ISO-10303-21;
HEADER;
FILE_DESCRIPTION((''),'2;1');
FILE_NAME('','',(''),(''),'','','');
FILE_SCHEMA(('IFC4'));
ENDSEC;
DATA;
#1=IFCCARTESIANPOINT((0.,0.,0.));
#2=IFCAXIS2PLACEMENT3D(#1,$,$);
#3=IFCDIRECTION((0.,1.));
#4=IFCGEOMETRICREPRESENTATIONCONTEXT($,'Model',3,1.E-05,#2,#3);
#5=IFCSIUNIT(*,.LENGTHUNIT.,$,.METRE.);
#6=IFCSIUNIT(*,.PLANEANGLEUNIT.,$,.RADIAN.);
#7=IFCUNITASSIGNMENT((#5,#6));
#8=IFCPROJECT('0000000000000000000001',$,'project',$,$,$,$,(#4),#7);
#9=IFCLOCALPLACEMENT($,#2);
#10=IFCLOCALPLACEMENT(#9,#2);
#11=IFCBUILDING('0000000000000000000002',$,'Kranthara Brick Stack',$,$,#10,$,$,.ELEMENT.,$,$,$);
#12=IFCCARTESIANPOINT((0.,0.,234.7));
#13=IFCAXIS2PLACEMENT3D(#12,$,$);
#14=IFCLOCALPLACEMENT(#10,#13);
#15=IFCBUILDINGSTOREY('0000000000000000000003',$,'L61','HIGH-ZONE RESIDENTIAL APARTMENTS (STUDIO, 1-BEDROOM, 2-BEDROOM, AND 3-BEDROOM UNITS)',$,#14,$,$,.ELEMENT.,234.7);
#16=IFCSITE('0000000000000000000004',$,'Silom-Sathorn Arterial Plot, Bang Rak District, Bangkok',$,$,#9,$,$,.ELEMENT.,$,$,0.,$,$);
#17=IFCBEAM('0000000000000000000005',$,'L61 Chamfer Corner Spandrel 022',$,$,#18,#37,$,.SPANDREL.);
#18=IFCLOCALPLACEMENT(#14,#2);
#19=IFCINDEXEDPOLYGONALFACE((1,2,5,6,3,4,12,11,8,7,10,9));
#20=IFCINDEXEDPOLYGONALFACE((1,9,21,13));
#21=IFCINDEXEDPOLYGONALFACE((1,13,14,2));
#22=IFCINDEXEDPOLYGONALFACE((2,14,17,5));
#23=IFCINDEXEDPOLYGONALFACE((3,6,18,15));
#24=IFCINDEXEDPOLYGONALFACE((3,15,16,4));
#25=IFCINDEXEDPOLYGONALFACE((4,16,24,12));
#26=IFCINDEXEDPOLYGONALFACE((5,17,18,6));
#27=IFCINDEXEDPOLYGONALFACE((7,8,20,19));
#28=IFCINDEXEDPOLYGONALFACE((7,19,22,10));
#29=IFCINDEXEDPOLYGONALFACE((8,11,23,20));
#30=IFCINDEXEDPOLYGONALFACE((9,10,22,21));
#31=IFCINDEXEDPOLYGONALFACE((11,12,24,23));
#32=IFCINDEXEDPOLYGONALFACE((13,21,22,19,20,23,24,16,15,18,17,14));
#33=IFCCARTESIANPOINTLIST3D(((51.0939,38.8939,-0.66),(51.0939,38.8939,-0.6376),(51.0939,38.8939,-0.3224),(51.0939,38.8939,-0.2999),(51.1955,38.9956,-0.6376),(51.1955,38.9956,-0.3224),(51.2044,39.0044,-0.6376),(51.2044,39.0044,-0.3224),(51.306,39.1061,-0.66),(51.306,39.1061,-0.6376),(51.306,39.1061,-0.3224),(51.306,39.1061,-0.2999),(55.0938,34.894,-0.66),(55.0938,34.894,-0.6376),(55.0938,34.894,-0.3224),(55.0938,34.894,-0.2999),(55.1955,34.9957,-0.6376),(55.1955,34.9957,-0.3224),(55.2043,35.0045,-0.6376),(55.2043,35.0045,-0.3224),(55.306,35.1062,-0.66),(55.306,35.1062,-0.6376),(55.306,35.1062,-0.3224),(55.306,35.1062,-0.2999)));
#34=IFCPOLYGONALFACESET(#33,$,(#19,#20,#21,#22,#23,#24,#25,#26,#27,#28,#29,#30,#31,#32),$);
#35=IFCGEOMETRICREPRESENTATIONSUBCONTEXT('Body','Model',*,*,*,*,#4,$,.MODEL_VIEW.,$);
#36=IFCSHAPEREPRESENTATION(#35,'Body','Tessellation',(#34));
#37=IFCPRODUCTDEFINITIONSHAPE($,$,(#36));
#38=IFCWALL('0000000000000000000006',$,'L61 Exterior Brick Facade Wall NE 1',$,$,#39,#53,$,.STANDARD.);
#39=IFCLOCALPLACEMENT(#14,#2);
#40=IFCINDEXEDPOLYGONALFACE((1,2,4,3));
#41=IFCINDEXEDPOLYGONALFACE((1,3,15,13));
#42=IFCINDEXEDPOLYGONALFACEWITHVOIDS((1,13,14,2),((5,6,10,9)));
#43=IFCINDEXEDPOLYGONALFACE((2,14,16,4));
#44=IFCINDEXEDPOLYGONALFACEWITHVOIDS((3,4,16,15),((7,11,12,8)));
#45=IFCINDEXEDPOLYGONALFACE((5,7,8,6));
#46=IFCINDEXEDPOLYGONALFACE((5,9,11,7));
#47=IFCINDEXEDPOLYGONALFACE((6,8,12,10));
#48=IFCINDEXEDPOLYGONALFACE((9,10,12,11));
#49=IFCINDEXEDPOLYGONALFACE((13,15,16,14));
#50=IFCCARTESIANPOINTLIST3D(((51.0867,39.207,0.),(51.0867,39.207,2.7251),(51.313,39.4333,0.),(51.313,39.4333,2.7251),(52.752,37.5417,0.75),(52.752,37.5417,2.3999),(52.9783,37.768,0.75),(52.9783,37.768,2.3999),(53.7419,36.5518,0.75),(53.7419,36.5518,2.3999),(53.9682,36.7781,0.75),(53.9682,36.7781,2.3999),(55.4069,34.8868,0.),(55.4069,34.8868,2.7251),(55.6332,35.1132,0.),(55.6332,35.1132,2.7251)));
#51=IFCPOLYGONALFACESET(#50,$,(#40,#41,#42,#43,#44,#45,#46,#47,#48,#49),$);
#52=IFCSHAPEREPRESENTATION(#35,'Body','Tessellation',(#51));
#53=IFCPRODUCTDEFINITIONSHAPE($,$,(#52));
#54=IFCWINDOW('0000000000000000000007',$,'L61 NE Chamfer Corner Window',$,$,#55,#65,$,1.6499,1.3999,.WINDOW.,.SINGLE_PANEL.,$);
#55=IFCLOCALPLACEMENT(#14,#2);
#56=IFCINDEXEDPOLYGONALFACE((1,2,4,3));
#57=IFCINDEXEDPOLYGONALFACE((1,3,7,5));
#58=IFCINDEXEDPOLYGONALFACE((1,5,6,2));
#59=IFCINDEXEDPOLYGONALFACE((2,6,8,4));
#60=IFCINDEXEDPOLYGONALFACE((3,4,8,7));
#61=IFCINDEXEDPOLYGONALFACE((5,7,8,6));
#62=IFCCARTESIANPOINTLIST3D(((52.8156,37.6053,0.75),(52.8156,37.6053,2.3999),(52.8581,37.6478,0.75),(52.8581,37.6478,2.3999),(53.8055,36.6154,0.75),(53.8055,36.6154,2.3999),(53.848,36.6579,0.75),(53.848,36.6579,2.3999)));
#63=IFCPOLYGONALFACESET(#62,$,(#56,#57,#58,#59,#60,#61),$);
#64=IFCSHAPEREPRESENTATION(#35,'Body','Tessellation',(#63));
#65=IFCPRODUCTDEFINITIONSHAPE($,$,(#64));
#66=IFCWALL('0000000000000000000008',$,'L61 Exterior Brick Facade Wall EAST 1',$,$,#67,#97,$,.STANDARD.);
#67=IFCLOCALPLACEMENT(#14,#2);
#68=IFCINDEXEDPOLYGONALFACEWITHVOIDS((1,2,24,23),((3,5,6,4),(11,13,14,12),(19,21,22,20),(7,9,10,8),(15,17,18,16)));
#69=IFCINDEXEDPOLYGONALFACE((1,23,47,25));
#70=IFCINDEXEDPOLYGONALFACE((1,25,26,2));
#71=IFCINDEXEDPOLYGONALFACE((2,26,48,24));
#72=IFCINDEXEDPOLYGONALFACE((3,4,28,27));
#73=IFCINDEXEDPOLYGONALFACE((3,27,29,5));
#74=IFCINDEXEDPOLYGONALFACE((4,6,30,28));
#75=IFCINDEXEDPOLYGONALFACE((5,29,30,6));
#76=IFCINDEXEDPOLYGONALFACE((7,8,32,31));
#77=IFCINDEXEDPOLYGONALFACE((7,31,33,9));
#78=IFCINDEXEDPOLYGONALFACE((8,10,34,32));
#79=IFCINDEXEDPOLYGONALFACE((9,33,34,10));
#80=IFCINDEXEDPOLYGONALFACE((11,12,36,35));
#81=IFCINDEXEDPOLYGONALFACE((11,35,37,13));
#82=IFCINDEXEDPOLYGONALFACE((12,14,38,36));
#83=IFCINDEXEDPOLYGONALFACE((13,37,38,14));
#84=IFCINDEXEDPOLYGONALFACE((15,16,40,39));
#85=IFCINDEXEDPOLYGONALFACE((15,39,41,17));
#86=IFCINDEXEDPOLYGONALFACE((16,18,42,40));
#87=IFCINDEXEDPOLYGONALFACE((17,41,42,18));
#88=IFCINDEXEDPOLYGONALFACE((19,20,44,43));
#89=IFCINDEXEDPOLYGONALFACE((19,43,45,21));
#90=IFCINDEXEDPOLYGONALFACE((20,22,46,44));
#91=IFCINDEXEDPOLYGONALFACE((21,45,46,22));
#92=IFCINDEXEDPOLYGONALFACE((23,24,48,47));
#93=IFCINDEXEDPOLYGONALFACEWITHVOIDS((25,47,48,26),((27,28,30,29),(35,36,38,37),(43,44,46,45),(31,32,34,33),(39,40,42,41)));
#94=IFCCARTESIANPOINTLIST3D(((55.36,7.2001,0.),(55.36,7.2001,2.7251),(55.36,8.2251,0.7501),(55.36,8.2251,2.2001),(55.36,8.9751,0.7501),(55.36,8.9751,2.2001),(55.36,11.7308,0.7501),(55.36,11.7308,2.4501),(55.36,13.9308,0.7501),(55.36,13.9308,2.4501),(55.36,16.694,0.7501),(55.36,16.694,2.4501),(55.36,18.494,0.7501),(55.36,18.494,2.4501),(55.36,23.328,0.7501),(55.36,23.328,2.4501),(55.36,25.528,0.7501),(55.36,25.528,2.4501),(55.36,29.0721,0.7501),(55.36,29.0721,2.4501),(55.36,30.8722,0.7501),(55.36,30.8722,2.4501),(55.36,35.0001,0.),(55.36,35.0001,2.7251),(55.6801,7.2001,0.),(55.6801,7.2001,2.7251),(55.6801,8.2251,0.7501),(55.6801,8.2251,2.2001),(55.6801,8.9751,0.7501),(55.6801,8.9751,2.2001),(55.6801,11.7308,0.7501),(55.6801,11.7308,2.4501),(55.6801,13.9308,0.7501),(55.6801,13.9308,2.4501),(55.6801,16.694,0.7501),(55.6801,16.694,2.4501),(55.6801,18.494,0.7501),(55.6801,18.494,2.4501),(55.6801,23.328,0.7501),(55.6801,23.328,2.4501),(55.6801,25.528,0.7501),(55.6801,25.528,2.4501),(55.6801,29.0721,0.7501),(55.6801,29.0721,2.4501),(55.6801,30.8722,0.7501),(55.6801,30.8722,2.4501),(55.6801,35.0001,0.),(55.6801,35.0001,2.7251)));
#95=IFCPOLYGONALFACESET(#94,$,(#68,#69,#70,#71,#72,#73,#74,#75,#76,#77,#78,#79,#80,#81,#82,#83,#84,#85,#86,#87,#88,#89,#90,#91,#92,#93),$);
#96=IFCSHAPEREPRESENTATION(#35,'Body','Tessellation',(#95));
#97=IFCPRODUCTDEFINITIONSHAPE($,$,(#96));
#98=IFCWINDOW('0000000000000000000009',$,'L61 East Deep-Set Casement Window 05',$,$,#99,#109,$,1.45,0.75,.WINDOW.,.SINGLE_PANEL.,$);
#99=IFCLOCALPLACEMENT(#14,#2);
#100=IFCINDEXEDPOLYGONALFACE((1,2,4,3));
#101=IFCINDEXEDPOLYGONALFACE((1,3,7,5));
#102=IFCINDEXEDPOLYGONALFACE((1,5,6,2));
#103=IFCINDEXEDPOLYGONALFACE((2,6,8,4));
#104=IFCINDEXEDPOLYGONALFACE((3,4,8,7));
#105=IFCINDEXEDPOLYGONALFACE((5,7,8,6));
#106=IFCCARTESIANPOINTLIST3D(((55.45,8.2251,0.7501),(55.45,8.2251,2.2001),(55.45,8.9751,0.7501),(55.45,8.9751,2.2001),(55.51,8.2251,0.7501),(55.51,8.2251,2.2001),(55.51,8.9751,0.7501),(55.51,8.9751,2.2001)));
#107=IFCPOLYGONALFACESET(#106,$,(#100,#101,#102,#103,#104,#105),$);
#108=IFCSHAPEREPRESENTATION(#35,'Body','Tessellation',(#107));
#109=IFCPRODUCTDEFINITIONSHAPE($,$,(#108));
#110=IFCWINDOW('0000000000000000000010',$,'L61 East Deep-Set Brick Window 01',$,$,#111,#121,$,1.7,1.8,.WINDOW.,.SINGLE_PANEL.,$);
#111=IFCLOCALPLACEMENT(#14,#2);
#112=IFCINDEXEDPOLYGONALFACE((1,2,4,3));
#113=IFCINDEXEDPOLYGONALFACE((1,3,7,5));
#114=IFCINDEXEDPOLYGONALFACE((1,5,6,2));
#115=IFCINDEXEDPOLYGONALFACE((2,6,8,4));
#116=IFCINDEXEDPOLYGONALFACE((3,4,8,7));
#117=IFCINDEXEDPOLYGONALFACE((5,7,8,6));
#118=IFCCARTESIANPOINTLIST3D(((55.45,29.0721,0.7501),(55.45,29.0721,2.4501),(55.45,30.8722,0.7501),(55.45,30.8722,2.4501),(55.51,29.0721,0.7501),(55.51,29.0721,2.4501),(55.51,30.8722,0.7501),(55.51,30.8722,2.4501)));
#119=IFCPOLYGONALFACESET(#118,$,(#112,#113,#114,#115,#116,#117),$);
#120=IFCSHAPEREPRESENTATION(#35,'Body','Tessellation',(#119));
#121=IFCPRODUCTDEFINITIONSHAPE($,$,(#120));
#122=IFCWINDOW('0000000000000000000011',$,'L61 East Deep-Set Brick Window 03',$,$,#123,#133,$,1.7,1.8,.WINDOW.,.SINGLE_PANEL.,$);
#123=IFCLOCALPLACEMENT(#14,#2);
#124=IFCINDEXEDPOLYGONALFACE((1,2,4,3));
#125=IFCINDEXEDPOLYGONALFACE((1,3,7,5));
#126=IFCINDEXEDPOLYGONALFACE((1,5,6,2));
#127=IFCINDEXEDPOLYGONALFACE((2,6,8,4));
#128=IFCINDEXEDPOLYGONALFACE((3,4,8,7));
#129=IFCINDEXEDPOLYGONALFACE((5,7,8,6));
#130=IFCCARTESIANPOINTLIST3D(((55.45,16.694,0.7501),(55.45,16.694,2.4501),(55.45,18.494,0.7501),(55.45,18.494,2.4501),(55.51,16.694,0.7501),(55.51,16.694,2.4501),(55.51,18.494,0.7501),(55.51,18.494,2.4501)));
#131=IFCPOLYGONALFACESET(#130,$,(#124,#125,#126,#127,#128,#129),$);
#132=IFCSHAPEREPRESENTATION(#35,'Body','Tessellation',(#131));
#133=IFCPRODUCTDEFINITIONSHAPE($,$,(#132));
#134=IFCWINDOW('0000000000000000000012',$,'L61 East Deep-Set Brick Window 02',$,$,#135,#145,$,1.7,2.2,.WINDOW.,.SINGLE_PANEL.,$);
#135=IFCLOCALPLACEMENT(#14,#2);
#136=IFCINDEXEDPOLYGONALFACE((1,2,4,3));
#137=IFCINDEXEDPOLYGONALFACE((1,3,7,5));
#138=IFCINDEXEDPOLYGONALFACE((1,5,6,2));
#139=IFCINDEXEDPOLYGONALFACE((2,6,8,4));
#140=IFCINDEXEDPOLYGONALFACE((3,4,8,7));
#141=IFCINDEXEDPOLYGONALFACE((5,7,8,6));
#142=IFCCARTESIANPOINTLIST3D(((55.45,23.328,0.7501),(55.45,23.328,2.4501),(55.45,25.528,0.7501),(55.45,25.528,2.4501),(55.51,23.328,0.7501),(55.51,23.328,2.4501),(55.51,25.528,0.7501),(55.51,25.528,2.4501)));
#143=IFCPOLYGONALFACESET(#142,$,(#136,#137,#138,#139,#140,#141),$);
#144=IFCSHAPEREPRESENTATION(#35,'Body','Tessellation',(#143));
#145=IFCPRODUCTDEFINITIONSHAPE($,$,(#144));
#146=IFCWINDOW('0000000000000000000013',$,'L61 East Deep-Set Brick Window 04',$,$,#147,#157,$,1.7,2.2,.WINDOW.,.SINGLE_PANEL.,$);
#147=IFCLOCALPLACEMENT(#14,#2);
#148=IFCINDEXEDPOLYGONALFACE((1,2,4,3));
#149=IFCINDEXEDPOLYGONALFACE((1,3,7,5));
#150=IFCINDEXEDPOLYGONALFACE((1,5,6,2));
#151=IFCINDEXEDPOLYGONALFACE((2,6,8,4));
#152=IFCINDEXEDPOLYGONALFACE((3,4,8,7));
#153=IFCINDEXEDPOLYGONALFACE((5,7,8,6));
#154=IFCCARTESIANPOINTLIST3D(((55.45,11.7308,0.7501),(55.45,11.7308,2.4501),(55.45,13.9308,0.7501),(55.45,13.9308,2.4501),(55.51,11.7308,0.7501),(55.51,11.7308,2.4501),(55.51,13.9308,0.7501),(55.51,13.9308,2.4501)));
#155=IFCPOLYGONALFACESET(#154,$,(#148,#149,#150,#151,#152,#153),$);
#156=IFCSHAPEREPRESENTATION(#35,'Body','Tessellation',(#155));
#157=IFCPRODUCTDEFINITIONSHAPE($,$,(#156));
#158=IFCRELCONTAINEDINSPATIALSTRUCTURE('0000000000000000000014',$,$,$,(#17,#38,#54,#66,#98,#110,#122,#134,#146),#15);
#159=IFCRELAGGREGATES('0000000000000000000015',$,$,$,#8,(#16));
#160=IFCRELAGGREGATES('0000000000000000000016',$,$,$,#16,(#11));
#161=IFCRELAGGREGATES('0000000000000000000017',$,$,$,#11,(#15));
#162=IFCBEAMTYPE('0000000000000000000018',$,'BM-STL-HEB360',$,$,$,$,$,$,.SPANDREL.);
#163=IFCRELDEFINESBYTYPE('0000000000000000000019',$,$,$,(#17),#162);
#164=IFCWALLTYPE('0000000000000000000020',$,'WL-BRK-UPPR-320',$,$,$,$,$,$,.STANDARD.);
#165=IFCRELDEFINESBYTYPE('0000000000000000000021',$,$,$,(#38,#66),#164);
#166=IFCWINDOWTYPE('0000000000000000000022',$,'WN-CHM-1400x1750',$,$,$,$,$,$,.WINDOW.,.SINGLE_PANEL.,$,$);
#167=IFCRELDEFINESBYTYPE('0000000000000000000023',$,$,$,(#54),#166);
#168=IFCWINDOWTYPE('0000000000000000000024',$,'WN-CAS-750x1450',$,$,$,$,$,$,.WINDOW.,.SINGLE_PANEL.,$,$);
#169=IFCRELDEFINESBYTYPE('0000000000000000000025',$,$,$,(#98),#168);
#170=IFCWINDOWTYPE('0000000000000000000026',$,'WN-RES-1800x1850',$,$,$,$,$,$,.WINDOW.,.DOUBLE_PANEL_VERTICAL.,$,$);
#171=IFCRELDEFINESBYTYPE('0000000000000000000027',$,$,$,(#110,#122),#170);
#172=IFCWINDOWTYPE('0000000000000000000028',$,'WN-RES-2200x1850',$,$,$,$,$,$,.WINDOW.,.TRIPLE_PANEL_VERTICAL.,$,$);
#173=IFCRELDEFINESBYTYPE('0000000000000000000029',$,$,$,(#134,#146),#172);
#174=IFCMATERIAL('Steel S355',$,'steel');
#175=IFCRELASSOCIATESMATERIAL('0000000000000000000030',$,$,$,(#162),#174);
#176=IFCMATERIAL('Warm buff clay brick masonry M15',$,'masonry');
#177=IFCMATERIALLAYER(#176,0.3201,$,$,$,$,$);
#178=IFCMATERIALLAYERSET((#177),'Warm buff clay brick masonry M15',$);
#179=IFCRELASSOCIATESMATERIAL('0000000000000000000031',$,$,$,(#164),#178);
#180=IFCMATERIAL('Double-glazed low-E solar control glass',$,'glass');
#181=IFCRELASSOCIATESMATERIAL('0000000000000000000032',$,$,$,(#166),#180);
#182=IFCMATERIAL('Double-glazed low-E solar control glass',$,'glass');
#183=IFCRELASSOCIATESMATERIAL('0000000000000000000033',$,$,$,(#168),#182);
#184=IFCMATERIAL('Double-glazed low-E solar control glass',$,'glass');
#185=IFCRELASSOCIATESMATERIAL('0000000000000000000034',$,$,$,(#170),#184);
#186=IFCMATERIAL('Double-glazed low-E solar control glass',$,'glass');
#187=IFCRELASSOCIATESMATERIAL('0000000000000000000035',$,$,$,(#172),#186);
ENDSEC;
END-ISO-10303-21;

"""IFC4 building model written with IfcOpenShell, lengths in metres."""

from ifc_helpers import new_model, si_unit, direction, frame, frame_2d, origin, origin_2d, place, context, subcontext, project, spatial, rectangle, i_section, extrude, material, layer, layer_set, material_profile, profile_set, type_object, element, fill, save


model = new_model("IFC4")

# Units and contexts
model_context = context("Model", 3, precision=1e-05, world=origin(), true_north=direction((0.0, 1.0)))
body_context = subcontext(model_context, "Body", "Model", "MODEL_VIEW")
ifc_project = project(units=[si_unit("LENGTHUNIT", "METRE"), si_unit("PLANEANGLEUNIT", "RADIAN")], contexts=[model_context])

# Site, building, storey
site_placement = place(None, origin())
site = spatial("IfcSite", under=ifc_project, at=site_placement, Name="Silom-Sathorn Arterial Plot, Bang Rak District, Bangkok", CompositionType="ELEMENT", RefElevation=0.0)
building_placement = place(site_placement, origin())
building = spatial("IfcBuilding", under=site, at=building_placement, Name="Kranthara Brick Stack", CompositionType="ELEMENT")
storey_placement = place(building_placement, frame((0.0, 0.0, 234.7)))
storey = spatial("IfcBuildingStorey", under=building, at=storey_placement, Name="L61", Description="HIGH-ZONE RESIDENTIAL APARTMENTS (STUDIO, 1-BEDROOM, 2-BEDROOM, AND 3-BEDROOM UNITS)", CompositionType="ELEMENT", Elevation=234.7)

# Beam
ifc_material_1 = material(Name="Steel S355", Category="steel")
ifc_material_profile_1 = material_profile(ifc_material_1, i_section(OverallWidth=0.3, OverallDepth=0.3601, WebThickness=0.0125, FlangeThickness=0.0225, at=origin_2d()), Name="HEB 360")
ifc_profile_set_1 = profile_set([ifc_material_profile_1], Name="Steel S355")
beam_type_1 = type_object("IfcBeamType", Name="BM-STL-HEB360", PredefinedType="SPANDREL", material=ifc_profile_set_1)
beam_1_placement = place(storey_placement, frame((51.2, 39.0, -0.48), z_axis=(0.707107, -0.707107, 0.0), x_axis=(0.707107, 0.707107, 0.0)))
element("IfcBeam", 1, at=beam_1_placement, inside=storey, type_object=beam_type_1, Name="L61 Chamfer Corner Spandrel 022", PredefinedType="SPANDREL", context=body_context, shape_type="SweptSolid", body=[
    extrude(i_section(OverallWidth=0.3, OverallDepth=0.3601, WebThickness=0.0125, FlangeThickness=0.0225, at=origin_2d()), origin(), (0.0, 0.0, 1.0), 5.6567),
])

# Wall, opening, window
ifc_material_2 = material(Name="Warm buff clay brick masonry M15", Category="masonry")
ifc_layer_1 = layer(ifc_material_2, 0.3201)
ifc_layer_set_1 = layer_set([ifc_layer_1], Name="Warm buff clay brick masonry M15")
wall_type_1 = type_object("IfcWallType", Name="WL-BRK-UPPR-320", PredefinedType="STANDARD", material=ifc_layer_set_1)
wall_1_placement = place(storey_placement, frame((51.2, 39.3201, 0.0), z_axis=(0.0, 0.0, 1.0), x_axis=(0.707107, -0.707107, 0.0)))
wall_1 = element("IfcWall", 2, at=wall_1_placement, inside=storey, type_object=wall_type_1, Name="L61 Exterior Brick Facade Wall NE 1", PredefinedType="STANDARD", context=body_context, shape_type="SweptSolid", body=[
    extrude(rectangle(XDim=6.1096, YDim=0.3201, at=frame_2d((3.0547, 0.0))), origin(), (0.0, 0.0, 1.0), 2.7251),
])
opening_1_placement = place(wall_1_placement, frame((2.355, 0.0, 0.75)))
opening_1 = element("IfcOpeningElement", 3, at=opening_1_placement, cuts=wall_1, PredefinedType="OPENING", context=body_context, shape_type="SweptSolid", body=[
    extrude(rectangle(XDim=1.3999, YDim=1.6499, at=frame_2d((0.7, 0.825))), frame((0.0, 0.1699, 0.0), z_axis=(0.0, -1.0, 0.0), x_axis=(1.0, 0.0, 0.0)), (0.0, 0.0, 1.0), 0.3401),
])
ifc_material_3 = material(Name="Double-glazed low-E solar control glass", Category="glass")
window_type_1 = type_object("IfcWindowType", Name="WN-CHM-1400x1750", PartitioningType="SINGLE_PANEL", PredefinedType="WINDOW", material=ifc_material_3)
window_1_placement = place(opening_1_placement, origin())
window_1 = element("IfcWindow", 4, at=window_1_placement, inside=storey, type_object=window_type_1, Name="L61 NE Chamfer Corner Window", OverallHeight=1.6499, OverallWidth=1.3999, PartitioningType="SINGLE_PANEL", PredefinedType="WINDOW", context=body_context, shape_type="SweptSolid", body=[
    extrude(rectangle(XDim=1.3999, YDim=1.6499, at=frame_2d((0.7, 0.825))), frame((0.0, -0.01, 0.0), z_axis=(0.0, -1.0, 0.0), x_axis=(1.0, 0.0, 0.0)), (0.0, 0.0, 1.0), 0.0601),
])
fill(opening_1, window_1)

# Wall, openings, windows
wall_2_placement = place(storey_placement, frame((55.52, 35.0, 0.0), z_axis=(0.0, 0.0, 1.0), x_axis=(0.0, -1.0, 0.0)))
wall_2 = element("IfcWall", 5, at=wall_2_placement, inside=storey, type_object=wall_type_1, Name="L61 Exterior Brick Facade Wall EAST 1", PredefinedType="STANDARD", context=body_context, shape_type="SweptSolid", body=[
    extrude(rectangle(XDim=27.8, YDim=0.3201, at=frame_2d((13.8999, 0.0))), origin(), (0.0, 0.0, 1.0), 2.7251),
])
opening_2_placement = place(wall_2_placement, frame((4.1279, 0.0, 0.75)))
opening_2 = element("IfcOpeningElement", 6, at=opening_2_placement, cuts=wall_2, PredefinedType="OPENING", context=body_context, shape_type="SweptSolid", body=[
    extrude(rectangle(XDim=1.8, YDim=1.7, at=frame_2d((0.8999, 0.8501))), frame((0.0, 0.1699, 0.0), z_axis=(0.0, -1.0, 0.0), x_axis=(1.0, 0.0, 0.0)), (0.0, 0.0, 1.0), 0.3401),
])
opening_3_placement = place(wall_2_placement, frame((9.4719, 0.0, 0.75)))
opening_3 = element("IfcOpeningElement", 7, at=opening_3_placement, cuts=wall_2, PredefinedType="OPENING", context=body_context, shape_type="SweptSolid", body=[
    extrude(rectangle(XDim=2.2, YDim=1.7, at=frame_2d((1.1001, 0.8501))), frame((0.0, 0.1699, 0.0), z_axis=(0.0, -1.0, 0.0), x_axis=(1.0, 0.0, 0.0)), (0.0, 0.0, 1.0), 0.3401),
])
opening_4_placement = place(wall_2_placement, frame((16.5061, 0.0, 0.75)))
opening_4 = element("IfcOpeningElement", 8, at=opening_4_placement, cuts=wall_2, PredefinedType="OPENING", context=body_context, shape_type="SweptSolid", body=[
    extrude(rectangle(XDim=1.8, YDim=1.7, at=frame_2d((0.8999, 0.8501))), frame((0.0, 0.1699, 0.0), z_axis=(0.0, -1.0, 0.0), x_axis=(1.0, 0.0, 0.0)), (0.0, 0.0, 1.0), 0.3401),
])
opening_5_placement = place(wall_2_placement, frame((21.0691, 0.0, 0.75)))
opening_5 = element("IfcOpeningElement", 9, at=opening_5_placement, cuts=wall_2, PredefinedType="OPENING", context=body_context, shape_type="SweptSolid", body=[
    extrude(rectangle(XDim=2.2, YDim=1.7, at=frame_2d((1.1001, 0.8501))), frame((0.0, 0.1699, 0.0), z_axis=(0.0, -1.0, 0.0), x_axis=(1.0, 0.0, 0.0)), (0.0, 0.0, 1.0), 0.3401),
])
opening_6_placement = place(wall_2_placement, frame((26.0249, 0.0, 0.75)))
opening_6 = element("IfcOpeningElement", 10, at=opening_6_placement, cuts=wall_2, PredefinedType="OPENING", context=body_context, shape_type="SweptSolid", body=[
    extrude(rectangle(XDim=0.75, YDim=1.45, at=frame_2d((0.375, 0.7251))), frame((0.0, 0.1699, 0.0), z_axis=(0.0, -1.0, 0.0), x_axis=(1.0, 0.0, 0.0)), (0.0, 0.0, 1.0), 0.3401),
])
ifc_material_4 = material(Name="Double-glazed low-E solar control glass", Category="glass")
window_type_2 = type_object("IfcWindowType", Name="WN-CAS-750x1450", PartitioningType="SINGLE_PANEL", PredefinedType="WINDOW", material=ifc_material_4)
window_2_placement = place(opening_6_placement, origin())
window_2 = element("IfcWindow", 11, at=window_2_placement, inside=storey, type_object=window_type_2, Name="L61 East Deep-Set Casement Window 05", OverallHeight=1.45, OverallWidth=0.75, PartitioningType="SINGLE_PANEL", PredefinedType="WINDOW", context=body_context, shape_type="SweptSolid", body=[
    extrude(rectangle(XDim=0.75, YDim=1.45, at=frame_2d((0.375, 0.7251))), frame((0.0, -0.01, 0.0), z_axis=(0.0, -1.0, 0.0), x_axis=(1.0, 0.0, 0.0)), (0.0, 0.0, 1.0), 0.0601),
])
fill(opening_6, window_2)
ifc_material_5 = material(Name="Double-glazed low-E solar control glass", Category="glass")
window_type_3 = type_object("IfcWindowType", Name="WN-RES-1800x1850", PartitioningType="DOUBLE_PANEL_VERTICAL", PredefinedType="WINDOW", material=ifc_material_5)
window_3_placement = place(opening_2_placement, origin())
window_3 = element("IfcWindow", 12, at=window_3_placement, inside=storey, type_object=window_type_3, Name="L61 East Deep-Set Brick Window 01", OverallHeight=1.7, OverallWidth=1.8, PartitioningType="SINGLE_PANEL", PredefinedType="WINDOW", context=body_context, shape_type="SweptSolid", body=[
    extrude(rectangle(XDim=1.8, YDim=1.7, at=frame_2d((0.8999, 0.8501))), frame((0.0, -0.01, 0.0), z_axis=(0.0, -1.0, 0.0), x_axis=(1.0, 0.0, 0.0)), (0.0, 0.0, 1.0), 0.0601),
])
fill(opening_2, window_3)
window_4_placement = place(opening_4_placement, origin())
window_4 = element("IfcWindow", 13, at=window_4_placement, inside=storey, type_object=window_type_3, Name="L61 East Deep-Set Brick Window 03", OverallHeight=1.7, OverallWidth=1.8, PartitioningType="SINGLE_PANEL", PredefinedType="WINDOW", context=body_context, shape_type="SweptSolid", body=[
    extrude(rectangle(XDim=1.8, YDim=1.7, at=frame_2d((0.8999, 0.8501))), frame((0.0, -0.01, 0.0), z_axis=(0.0, -1.0, 0.0), x_axis=(1.0, 0.0, 0.0)), (0.0, 0.0, 1.0), 0.0601),
])
fill(opening_4, window_4)
ifc_material_6 = material(Name="Double-glazed low-E solar control glass", Category="glass")
window_type_4 = type_object("IfcWindowType", Name="WN-RES-2200x1850", PartitioningType="TRIPLE_PANEL_VERTICAL", PredefinedType="WINDOW", material=ifc_material_6)
window_5_placement = place(opening_3_placement, origin())
window_5 = element("IfcWindow", 14, at=window_5_placement, inside=storey, type_object=window_type_4, Name="L61 East Deep-Set Brick Window 02", OverallHeight=1.7, OverallWidth=2.2, PartitioningType="SINGLE_PANEL", PredefinedType="WINDOW", context=body_context, shape_type="SweptSolid", body=[
    extrude(rectangle(XDim=2.2, YDim=1.7, at=frame_2d((1.1001, 0.8501))), frame((0.0, -0.01, 0.0), z_axis=(0.0, -1.0, 0.0), x_axis=(1.0, 0.0, 0.0)), (0.0, 0.0, 1.0), 0.0601),
])
fill(opening_3, window_5)
window_6_placement = place(opening_5_placement, origin())
window_6 = element("IfcWindow", 15, at=window_6_placement, inside=storey, type_object=window_type_4, Name="L61 East Deep-Set Brick Window 04", OverallHeight=1.7, OverallWidth=2.2, PartitioningType="SINGLE_PANEL", PredefinedType="WINDOW", context=body_context, shape_type="SweptSolid", body=[
    extrude(rectangle(XDim=2.2, YDim=1.7, at=frame_2d((1.1001, 0.8501))), frame((0.0, -0.01, 0.0), z_axis=(0.0, -1.0, 0.0), x_axis=(1.0, 0.0, 0.0)), (0.0, 0.0, 1.0), 0.0601),
])
fill(opening_5, window_6)

save(model, "model.ifc")
